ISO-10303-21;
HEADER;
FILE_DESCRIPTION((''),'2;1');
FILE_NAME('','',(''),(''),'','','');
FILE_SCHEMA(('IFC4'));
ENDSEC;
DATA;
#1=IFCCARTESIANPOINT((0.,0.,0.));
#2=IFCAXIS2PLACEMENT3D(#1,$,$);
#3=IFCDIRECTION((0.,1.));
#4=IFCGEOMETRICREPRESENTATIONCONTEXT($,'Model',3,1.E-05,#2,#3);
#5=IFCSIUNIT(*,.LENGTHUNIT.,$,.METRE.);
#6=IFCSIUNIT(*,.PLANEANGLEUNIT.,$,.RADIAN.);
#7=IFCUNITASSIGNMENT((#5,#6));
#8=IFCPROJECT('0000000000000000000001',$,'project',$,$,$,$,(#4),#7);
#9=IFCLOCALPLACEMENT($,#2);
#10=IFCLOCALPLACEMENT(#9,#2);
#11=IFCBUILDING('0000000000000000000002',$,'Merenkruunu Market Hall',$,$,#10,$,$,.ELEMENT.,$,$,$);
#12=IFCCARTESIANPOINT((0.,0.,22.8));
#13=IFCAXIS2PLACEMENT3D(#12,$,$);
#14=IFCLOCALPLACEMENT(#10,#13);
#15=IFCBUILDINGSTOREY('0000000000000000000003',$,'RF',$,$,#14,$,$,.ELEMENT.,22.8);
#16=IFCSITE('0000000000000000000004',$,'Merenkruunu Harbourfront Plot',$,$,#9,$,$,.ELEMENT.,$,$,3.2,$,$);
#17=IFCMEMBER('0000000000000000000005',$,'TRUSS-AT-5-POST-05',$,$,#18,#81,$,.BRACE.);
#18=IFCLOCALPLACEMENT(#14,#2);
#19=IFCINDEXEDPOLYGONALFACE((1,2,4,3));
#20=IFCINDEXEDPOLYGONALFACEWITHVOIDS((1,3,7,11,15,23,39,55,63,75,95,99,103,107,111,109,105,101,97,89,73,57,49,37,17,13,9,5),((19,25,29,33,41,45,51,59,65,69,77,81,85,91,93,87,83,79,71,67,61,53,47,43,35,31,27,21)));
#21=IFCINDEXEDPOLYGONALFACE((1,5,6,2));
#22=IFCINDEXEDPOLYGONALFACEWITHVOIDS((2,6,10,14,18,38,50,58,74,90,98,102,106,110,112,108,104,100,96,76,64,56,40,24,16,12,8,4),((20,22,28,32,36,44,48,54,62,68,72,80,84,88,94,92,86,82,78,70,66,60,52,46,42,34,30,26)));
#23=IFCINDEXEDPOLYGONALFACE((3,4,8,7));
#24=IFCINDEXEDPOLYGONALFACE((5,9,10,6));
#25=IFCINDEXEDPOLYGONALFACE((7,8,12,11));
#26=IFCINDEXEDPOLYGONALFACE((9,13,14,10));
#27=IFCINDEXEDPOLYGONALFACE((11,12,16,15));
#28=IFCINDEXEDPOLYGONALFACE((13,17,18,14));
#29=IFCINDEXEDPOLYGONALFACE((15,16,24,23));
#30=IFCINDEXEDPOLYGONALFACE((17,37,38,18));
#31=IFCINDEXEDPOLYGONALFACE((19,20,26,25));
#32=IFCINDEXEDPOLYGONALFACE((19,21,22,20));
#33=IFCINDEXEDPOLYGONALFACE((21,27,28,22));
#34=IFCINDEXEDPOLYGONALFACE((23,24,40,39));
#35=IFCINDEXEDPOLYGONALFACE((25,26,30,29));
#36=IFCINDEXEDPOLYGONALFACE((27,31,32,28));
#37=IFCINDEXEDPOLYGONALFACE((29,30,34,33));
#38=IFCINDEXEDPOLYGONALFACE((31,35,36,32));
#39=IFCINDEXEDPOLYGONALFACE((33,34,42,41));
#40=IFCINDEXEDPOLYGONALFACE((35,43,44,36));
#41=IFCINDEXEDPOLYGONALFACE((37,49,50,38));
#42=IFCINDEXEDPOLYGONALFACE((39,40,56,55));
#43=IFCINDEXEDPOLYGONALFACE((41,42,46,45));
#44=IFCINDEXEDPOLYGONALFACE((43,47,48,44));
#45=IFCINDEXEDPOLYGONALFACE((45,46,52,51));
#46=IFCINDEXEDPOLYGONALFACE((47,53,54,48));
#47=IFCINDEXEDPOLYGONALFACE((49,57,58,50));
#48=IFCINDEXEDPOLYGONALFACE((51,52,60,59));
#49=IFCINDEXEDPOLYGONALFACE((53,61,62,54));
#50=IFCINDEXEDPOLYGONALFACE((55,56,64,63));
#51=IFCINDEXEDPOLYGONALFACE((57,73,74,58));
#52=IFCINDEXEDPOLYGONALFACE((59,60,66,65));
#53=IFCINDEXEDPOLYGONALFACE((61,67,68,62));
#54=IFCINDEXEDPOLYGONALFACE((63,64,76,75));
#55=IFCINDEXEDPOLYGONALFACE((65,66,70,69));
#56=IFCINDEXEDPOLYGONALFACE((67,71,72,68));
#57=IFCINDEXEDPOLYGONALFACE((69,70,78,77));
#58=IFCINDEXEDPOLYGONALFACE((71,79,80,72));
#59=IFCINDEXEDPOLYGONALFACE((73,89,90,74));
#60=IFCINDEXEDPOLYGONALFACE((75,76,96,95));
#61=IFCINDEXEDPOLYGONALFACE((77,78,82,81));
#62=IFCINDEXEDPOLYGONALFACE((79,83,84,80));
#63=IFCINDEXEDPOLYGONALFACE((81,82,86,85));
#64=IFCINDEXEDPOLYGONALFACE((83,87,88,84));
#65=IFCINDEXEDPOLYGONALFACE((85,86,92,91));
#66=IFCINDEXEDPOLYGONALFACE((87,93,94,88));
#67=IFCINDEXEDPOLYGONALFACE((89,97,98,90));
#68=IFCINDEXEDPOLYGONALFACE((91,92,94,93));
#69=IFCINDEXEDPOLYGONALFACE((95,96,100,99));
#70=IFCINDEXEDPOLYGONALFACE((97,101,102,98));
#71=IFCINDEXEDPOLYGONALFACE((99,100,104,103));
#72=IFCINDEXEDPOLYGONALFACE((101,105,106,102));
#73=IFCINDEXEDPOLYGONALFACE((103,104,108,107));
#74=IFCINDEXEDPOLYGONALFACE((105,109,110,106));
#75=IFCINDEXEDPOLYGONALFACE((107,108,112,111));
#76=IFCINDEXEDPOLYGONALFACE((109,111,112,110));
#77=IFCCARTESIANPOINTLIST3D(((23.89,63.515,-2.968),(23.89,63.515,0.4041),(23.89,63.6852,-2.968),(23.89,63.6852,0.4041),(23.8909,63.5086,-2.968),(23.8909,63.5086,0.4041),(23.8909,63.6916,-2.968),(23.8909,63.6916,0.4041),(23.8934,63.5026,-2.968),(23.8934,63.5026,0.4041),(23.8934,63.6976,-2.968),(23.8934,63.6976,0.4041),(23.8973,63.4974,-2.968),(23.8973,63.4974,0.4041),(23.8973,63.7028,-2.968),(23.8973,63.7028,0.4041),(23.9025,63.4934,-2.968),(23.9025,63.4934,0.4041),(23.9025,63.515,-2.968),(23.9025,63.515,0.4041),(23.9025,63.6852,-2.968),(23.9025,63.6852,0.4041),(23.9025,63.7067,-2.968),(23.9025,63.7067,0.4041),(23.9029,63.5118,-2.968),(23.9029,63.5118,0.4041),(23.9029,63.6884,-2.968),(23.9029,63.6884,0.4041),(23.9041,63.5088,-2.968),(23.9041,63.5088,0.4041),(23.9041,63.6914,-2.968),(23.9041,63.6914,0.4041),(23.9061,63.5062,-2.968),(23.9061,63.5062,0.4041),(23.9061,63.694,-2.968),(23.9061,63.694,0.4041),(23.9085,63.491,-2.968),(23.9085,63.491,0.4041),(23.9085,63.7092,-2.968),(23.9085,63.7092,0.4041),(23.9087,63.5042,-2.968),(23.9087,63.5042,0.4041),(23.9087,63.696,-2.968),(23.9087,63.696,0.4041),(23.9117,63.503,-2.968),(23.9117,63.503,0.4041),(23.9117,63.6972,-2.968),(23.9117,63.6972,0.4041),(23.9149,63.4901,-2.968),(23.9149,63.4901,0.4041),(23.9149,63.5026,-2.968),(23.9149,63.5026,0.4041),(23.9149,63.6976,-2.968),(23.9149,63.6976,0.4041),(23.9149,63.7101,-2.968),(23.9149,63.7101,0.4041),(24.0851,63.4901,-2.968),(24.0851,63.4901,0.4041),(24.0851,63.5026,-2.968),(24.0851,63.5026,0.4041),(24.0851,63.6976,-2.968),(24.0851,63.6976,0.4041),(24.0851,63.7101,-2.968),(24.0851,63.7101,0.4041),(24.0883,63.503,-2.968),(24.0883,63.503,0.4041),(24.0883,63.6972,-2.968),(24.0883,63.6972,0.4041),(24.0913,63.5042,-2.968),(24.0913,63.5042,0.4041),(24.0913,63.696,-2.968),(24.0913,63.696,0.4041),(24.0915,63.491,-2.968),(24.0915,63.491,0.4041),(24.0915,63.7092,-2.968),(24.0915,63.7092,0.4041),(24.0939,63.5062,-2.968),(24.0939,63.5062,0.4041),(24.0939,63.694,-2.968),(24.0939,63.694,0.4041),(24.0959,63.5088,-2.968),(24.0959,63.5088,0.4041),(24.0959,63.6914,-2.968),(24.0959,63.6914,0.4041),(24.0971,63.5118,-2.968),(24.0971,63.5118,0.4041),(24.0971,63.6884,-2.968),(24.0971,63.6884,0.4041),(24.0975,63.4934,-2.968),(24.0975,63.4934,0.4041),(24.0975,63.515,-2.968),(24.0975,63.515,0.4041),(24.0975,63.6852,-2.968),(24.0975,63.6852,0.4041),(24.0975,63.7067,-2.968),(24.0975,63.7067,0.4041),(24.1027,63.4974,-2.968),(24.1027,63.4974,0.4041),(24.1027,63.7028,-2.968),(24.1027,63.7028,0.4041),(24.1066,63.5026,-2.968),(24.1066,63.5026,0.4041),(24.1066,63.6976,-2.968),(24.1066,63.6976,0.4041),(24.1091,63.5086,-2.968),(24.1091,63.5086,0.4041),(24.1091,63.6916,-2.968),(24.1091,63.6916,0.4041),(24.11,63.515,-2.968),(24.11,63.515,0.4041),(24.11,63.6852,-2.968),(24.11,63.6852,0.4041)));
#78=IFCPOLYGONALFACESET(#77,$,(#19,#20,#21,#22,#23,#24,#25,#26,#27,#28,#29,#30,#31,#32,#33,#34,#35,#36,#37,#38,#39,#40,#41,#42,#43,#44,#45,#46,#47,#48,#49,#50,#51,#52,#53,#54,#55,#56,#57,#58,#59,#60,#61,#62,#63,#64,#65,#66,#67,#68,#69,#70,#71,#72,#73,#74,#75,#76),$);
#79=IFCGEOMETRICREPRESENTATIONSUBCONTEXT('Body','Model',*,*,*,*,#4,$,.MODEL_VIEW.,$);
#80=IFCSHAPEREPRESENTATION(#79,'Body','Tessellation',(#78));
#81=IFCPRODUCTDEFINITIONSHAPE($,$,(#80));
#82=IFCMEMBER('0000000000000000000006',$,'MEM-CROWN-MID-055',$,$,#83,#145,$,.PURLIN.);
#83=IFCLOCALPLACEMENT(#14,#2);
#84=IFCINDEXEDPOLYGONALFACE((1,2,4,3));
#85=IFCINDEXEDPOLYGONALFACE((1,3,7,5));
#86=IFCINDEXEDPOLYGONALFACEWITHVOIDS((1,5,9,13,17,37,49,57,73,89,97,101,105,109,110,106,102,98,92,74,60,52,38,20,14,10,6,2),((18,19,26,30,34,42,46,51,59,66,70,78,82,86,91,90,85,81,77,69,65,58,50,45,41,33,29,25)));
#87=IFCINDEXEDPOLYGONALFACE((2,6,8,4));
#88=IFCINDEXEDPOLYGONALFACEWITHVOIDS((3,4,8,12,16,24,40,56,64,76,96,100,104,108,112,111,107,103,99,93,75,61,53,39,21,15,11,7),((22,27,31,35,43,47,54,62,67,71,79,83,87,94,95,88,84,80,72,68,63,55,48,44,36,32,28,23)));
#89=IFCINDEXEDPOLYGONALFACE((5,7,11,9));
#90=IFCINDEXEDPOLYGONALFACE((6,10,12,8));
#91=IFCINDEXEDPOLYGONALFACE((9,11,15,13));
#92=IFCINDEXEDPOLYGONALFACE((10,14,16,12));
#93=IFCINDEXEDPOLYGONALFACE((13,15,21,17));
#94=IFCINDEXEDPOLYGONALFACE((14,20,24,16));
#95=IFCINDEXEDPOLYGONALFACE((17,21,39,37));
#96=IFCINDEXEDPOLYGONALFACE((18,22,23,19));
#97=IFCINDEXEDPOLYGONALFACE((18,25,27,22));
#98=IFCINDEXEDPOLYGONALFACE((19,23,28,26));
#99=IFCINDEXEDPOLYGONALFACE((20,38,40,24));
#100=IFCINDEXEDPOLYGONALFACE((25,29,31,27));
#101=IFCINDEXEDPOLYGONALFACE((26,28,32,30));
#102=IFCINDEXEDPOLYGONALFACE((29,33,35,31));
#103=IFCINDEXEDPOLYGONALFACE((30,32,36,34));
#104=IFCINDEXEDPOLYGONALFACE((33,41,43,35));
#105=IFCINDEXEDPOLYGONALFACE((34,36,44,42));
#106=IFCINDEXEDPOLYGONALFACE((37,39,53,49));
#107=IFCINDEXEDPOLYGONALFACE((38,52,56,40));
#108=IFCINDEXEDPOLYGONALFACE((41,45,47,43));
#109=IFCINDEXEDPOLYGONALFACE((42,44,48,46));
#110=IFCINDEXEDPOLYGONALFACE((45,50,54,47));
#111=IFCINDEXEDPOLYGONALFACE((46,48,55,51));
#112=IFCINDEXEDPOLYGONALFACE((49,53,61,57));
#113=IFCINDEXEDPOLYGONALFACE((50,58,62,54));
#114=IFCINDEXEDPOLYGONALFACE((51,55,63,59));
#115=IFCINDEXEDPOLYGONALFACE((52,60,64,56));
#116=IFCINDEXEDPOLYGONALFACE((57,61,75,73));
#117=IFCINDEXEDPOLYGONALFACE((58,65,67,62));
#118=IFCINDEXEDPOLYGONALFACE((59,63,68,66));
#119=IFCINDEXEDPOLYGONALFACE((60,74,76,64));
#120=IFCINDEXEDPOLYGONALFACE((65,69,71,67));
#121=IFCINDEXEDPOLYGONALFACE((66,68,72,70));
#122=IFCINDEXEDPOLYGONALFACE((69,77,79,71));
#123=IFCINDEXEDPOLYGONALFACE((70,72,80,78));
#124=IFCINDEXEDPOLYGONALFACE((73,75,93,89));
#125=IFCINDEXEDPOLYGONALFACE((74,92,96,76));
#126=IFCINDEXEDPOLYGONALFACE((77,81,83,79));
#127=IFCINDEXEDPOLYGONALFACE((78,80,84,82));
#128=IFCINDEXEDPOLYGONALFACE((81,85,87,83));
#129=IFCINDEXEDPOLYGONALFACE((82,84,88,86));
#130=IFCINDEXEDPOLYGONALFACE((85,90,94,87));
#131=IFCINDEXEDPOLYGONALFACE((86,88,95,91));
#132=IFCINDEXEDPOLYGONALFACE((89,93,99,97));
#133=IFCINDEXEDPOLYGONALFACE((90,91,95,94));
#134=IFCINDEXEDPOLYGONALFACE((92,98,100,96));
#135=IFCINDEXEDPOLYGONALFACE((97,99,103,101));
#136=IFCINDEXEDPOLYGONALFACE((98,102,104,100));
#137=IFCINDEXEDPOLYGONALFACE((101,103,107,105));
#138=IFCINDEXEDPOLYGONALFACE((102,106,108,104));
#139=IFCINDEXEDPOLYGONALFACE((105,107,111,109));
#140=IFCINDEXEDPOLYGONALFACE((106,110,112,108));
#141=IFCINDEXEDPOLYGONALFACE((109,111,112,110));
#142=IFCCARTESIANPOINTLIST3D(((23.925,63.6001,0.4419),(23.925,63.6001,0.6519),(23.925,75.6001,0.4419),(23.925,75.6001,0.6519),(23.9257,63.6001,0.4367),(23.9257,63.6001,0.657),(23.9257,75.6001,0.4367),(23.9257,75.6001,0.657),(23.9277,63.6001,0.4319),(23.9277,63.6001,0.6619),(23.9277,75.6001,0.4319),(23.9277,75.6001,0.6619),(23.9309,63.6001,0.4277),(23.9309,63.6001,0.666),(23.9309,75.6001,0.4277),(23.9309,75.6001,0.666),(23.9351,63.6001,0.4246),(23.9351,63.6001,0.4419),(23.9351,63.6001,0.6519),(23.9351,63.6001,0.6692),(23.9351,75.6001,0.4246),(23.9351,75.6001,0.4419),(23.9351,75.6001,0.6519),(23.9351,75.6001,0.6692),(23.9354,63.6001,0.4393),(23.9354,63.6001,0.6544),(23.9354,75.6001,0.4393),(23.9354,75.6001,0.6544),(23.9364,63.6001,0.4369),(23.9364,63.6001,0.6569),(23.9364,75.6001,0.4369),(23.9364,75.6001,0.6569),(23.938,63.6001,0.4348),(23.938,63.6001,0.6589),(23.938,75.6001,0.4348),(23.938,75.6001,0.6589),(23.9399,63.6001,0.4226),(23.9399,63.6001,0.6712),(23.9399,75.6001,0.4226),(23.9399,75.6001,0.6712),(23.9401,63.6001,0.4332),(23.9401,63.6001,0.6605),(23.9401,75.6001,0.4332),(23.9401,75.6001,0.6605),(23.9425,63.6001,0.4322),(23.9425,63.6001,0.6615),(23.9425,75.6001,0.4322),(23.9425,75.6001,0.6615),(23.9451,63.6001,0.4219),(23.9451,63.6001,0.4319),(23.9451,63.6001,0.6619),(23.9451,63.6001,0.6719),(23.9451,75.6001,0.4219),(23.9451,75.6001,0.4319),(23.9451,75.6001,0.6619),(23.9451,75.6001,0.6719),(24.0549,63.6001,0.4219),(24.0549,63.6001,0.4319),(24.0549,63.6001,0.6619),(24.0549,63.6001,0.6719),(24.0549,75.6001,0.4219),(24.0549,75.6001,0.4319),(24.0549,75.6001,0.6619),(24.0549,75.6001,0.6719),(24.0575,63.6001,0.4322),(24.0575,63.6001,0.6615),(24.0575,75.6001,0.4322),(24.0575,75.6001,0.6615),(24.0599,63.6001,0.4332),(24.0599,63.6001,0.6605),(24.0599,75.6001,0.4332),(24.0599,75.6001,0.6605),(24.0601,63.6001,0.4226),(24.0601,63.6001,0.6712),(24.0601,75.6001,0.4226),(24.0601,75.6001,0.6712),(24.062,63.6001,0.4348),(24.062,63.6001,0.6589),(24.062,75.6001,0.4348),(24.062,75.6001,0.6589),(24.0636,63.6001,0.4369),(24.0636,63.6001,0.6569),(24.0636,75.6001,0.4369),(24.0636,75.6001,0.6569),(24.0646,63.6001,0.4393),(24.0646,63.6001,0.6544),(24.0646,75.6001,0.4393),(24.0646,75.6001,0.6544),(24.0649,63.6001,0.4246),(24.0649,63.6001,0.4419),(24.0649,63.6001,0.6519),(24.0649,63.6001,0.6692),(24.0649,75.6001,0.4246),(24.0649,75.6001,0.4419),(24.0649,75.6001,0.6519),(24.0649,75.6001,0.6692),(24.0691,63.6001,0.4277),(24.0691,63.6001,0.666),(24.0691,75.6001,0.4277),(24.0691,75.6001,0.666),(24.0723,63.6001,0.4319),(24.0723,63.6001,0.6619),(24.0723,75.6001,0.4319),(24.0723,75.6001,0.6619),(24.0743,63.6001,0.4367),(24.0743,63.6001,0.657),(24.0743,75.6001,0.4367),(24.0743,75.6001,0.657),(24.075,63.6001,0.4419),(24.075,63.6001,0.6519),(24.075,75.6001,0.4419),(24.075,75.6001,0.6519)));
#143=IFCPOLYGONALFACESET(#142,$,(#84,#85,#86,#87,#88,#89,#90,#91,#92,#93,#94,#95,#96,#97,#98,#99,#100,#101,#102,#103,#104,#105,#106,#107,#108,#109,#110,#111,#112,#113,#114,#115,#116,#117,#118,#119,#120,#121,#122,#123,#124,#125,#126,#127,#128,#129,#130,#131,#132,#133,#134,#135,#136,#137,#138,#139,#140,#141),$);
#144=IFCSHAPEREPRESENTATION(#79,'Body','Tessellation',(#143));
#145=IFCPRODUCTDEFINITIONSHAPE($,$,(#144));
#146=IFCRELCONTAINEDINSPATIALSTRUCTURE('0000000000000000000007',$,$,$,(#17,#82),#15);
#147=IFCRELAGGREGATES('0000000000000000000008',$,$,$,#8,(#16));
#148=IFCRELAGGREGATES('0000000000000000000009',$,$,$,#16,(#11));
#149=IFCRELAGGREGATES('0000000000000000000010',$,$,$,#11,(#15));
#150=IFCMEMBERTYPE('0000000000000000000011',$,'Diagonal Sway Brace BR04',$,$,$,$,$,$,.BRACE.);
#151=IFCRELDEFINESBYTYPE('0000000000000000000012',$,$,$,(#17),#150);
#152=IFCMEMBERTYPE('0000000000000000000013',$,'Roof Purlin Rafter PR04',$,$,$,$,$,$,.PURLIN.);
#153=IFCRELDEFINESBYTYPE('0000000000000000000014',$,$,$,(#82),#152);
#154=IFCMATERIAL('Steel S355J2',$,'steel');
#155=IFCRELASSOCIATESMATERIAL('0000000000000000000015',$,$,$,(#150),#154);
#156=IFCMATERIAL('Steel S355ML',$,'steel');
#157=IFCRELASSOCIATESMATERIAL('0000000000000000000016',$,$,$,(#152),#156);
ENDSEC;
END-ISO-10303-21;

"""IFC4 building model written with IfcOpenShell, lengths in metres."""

from ifc_helpers import new_model, si_unit, direction, frame, origin, origin_2d, place, context, subcontext, project, spatial, hollow_rectangle, extrude, material, material_profile, profile_set, type_object, element, save


model = new_model("IFC4")

# Units and contexts
model_context = context("Model", 3, precision=1e-05, world=origin(), true_north=direction((0.0, 1.0)))
body_context = subcontext(model_context, "Body", "Model", "MODEL_VIEW")
ifc_project = project(units=[si_unit("LENGTHUNIT", "METRE"), si_unit("PLANEANGLEUNIT", "RADIAN")], contexts=[model_context])

# Site, building, storey
site_placement = place(None, origin())
site = spatial("IfcSite", under=ifc_project, at=site_placement, Name="Merenkruunu Harbourfront Plot", CompositionType="ELEMENT", RefElevation=3.2)
building_placement = place(site_placement, origin())
building = spatial("IfcBuilding", under=site, at=building_placement, Name="Merenkruunu Market Hall", CompositionType="ELEMENT")
storey_placement = place(building_placement, frame((0.0, 0.0, 22.8)))
storey = spatial("IfcBuildingStorey", under=building, at=storey_placement, Name="RF", CompositionType="ELEMENT", Elevation=22.8)

# Members
ifc_material_1 = material(Name="Steel S355ML", Category="steel")
ifc_material_2 = material(Name="Steel S355J2", Category="steel")
ifc_material_profile_1 = material_profile(ifc_material_2, hollow_rectangle(XDim=0.22, YDim=0.22, WallThickness=0.0125, InnerFilletRadius=0.0125, OuterFilletRadius=0.0249, at=origin_2d()), Name="SHS 220x220x12.5")
ifc_profile_set_1 = profile_set([ifc_material_profile_1], Name="Steel S355J2")
member_type_1 = type_object("IfcMemberType", Name="Diagonal Sway Brace BR04", PredefinedType="BRACE", material=ifc_profile_set_1)
member_1_placement = place(storey_placement, frame((24.0, 63.6001, -2.968), z_axis=(0.0, 0.0, 1.0), x_axis=(1.0, 0.0, 0.0)))
element("IfcMember", 1, at=member_1_placement, inside=storey, type_object=member_type_1, Name="TRUSS-AT-5-POST-05", PredefinedType="BRACE", context=body_context, shape_type="SweptSolid", body=[
    extrude(hollow_rectangle(XDim=0.22, YDim=0.22, WallThickness=0.0125, InnerFilletRadius=0.0125, OuterFilletRadius=0.0249, at=origin_2d()), origin(), (0.0, 0.0, 1.0), 3.3721),
])
ifc_material_profile_2 = material_profile(ifc_material_1, hollow_rectangle(XDim=0.1499, YDim=0.25, WallThickness=0.01, InnerFilletRadius=0.01, OuterFilletRadius=0.02, at=origin_2d()), Name="RHS 250x150x10")
ifc_profile_set_2 = profile_set([ifc_material_profile_2], Name="Steel S355ML")
member_type_2 = type_object("IfcMemberType", Name="Roof Purlin Rafter PR04", PredefinedType="PURLIN", material=ifc_profile_set_2)
member_2_placement = place(storey_placement, frame((24.0, 63.6001, 0.5469), z_axis=(0.0, 1.0, 0.0), x_axis=(-1.0, 0.0, 0.0)))
element("IfcMember", 2, at=member_2_placement, inside=storey, type_object=member_type_2, Name="MEM-CROWN-MID-055", PredefinedType="PURLIN", context=body_context, shape_type="SweptSolid", body=[
    extrude(hollow_rectangle(XDim=0.1499, YDim=0.25, WallThickness=0.01, InnerFilletRadius=0.01, OuterFilletRadius=0.02, at=origin_2d()), origin(), (0.0, 0.0, 1.0), 12.0),
])

save(model, "model.ifc")
